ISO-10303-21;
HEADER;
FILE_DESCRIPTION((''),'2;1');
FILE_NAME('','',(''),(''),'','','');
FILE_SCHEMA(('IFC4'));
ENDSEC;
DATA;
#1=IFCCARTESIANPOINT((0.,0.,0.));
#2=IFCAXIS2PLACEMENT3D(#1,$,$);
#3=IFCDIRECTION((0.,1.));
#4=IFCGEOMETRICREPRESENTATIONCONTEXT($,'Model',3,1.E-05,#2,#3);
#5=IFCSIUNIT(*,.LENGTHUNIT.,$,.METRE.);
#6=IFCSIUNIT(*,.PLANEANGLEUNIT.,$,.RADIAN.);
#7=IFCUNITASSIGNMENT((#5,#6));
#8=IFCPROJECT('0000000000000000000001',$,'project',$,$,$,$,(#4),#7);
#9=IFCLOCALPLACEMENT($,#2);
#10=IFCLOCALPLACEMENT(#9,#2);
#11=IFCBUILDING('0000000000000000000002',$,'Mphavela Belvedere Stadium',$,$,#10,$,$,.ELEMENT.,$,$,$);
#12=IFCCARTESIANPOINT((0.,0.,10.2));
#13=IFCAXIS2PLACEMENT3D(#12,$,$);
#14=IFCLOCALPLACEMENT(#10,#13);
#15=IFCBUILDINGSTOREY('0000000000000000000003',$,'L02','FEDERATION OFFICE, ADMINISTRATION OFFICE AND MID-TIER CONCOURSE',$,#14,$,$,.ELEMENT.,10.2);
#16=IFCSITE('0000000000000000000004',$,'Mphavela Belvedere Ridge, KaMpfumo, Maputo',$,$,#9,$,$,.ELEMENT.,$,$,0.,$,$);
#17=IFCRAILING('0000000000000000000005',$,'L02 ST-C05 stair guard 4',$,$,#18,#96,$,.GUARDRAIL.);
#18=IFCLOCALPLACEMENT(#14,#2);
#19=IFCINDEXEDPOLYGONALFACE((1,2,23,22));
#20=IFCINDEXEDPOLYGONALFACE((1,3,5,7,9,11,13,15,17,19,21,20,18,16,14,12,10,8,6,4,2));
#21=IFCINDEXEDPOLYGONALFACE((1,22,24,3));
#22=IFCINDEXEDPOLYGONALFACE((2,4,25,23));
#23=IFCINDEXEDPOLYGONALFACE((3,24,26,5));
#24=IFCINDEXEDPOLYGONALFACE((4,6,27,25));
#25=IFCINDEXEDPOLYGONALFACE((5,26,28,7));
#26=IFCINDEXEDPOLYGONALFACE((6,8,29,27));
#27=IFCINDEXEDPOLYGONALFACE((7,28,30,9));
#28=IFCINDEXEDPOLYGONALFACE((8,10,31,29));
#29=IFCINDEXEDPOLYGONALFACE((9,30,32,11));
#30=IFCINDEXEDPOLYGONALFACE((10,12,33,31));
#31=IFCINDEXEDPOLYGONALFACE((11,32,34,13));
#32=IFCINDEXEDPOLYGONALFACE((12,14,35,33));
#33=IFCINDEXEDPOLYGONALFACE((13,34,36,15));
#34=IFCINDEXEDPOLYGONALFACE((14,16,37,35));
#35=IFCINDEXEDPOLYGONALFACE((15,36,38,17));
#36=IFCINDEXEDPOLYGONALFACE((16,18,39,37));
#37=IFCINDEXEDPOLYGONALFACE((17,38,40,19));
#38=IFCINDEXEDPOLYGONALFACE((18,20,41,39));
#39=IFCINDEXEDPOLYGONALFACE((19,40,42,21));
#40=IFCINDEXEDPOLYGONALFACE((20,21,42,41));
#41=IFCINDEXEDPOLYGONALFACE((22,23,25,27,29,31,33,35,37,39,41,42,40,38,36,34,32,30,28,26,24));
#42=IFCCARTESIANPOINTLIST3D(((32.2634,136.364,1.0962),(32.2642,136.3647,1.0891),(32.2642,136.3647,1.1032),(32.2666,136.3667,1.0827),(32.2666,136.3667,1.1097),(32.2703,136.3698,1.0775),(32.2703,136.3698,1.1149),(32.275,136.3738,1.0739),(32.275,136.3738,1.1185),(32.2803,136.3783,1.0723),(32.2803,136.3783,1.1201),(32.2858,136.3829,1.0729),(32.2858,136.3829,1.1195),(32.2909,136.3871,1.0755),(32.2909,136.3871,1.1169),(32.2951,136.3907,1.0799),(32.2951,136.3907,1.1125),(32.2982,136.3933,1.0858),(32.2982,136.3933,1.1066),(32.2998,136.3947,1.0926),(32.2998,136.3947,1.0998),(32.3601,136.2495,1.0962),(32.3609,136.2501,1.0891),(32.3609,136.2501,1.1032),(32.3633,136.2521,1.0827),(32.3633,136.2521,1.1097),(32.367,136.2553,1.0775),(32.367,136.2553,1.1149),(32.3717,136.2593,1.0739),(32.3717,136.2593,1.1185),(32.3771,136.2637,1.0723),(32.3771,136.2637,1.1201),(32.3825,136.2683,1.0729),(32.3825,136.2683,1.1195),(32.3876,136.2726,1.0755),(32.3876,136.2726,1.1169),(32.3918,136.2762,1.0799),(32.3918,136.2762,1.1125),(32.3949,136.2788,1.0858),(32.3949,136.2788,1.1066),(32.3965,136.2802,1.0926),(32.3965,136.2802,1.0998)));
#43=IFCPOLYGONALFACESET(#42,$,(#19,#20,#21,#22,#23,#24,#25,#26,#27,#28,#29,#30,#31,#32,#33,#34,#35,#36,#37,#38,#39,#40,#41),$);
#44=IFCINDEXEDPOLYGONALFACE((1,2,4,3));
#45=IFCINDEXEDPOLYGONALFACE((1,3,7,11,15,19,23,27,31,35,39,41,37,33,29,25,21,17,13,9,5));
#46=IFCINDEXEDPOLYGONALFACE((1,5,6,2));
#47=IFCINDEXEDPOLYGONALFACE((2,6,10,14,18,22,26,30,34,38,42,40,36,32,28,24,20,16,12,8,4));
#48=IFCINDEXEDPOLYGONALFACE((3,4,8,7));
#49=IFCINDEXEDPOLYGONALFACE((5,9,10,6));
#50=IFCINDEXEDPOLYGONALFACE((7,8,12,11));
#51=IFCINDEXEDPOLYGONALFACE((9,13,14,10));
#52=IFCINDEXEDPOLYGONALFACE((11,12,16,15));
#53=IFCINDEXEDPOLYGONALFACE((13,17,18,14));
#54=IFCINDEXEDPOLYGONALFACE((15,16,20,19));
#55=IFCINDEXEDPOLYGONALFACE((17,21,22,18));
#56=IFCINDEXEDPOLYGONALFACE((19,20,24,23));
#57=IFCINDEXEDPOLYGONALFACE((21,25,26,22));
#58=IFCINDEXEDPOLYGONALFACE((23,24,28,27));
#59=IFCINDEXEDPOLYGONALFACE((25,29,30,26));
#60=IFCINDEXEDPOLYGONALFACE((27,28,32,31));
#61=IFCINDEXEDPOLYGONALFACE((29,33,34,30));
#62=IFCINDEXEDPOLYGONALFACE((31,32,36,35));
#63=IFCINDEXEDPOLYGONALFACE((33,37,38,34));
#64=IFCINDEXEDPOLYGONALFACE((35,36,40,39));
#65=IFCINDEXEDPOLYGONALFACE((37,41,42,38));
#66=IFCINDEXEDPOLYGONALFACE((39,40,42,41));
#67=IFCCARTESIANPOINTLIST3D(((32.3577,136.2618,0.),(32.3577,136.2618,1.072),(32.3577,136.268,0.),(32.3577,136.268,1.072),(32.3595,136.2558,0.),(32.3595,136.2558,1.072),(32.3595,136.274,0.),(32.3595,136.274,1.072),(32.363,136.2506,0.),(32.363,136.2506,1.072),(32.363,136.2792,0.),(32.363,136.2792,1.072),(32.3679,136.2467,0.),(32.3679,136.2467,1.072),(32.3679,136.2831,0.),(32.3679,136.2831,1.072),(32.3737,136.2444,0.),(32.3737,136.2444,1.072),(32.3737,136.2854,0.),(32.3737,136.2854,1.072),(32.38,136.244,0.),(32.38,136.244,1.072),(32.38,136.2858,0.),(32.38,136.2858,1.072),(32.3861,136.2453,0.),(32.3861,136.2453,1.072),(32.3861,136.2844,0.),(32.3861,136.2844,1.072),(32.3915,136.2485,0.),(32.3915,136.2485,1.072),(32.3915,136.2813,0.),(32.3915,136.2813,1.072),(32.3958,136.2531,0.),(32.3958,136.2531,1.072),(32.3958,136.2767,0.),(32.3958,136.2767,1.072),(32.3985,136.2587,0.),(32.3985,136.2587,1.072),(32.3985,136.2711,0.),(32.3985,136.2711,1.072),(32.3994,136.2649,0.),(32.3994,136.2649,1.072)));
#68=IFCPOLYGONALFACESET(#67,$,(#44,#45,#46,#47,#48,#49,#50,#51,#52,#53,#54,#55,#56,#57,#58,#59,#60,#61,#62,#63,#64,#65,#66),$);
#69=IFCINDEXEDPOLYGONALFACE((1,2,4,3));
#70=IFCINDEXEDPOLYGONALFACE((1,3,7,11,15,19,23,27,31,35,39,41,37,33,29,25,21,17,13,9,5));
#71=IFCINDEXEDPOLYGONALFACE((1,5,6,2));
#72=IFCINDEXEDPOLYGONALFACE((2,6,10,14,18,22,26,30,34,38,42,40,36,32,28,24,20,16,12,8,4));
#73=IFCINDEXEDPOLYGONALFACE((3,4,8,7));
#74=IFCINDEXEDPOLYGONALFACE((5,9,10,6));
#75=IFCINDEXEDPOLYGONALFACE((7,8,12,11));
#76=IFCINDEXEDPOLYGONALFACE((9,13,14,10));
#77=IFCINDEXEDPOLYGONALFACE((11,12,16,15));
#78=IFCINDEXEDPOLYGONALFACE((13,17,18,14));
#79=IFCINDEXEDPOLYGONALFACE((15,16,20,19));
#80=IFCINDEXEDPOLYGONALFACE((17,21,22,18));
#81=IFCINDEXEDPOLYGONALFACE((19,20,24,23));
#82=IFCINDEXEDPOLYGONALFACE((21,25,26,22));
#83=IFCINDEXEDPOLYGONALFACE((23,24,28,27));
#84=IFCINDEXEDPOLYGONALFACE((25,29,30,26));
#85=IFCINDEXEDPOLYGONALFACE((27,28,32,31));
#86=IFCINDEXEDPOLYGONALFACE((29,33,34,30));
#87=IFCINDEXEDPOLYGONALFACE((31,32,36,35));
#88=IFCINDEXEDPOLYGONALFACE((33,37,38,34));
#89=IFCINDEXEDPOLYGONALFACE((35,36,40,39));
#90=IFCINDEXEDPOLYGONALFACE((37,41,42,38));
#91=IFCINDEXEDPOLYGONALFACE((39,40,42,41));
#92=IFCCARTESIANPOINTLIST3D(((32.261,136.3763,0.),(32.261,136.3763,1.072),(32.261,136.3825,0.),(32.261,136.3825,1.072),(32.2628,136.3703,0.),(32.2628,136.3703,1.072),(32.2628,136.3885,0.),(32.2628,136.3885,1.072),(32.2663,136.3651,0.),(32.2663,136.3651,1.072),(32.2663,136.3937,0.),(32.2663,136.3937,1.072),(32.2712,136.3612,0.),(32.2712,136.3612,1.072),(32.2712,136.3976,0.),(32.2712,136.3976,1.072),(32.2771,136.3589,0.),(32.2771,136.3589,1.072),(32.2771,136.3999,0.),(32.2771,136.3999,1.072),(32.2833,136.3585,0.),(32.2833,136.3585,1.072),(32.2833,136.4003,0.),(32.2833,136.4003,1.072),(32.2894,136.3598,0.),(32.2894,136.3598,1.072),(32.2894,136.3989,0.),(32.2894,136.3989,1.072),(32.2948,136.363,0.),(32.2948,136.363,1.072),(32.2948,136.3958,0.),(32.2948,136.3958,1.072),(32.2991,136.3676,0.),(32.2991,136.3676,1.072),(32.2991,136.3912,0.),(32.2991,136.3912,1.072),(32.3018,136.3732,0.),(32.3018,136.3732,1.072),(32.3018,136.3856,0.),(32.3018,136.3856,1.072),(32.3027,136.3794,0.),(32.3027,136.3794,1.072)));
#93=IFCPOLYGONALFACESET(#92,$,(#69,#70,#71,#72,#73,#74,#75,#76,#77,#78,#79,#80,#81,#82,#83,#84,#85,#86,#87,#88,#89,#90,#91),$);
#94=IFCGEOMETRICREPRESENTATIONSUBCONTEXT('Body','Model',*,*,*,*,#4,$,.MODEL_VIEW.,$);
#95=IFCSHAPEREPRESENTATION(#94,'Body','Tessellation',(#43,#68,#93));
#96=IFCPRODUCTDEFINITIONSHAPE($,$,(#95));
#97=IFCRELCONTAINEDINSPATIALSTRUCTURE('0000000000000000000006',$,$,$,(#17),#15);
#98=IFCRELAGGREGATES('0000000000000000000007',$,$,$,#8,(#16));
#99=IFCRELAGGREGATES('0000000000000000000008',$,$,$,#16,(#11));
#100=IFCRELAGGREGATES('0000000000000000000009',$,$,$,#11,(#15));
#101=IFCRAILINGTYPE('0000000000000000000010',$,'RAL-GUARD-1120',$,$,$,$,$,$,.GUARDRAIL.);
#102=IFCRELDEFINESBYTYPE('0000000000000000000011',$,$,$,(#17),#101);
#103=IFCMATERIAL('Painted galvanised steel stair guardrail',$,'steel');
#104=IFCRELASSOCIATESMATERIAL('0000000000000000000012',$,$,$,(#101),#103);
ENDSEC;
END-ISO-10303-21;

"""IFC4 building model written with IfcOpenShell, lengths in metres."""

from ifc_helpers import new_model, si_unit, direction, frame, origin, origin_2d, place, context, subcontext, project, spatial, circle, extrude, material, type_object, element, save


model = new_model("IFC4")

# Units and contexts
model_context = context("Model", 3, precision=1e-05, world=origin(), true_north=direction((0.0, 1.0)))
body_context = subcontext(model_context, "Body", "Model", "MODEL_VIEW")
ifc_project = project(units=[si_unit("LENGTHUNIT", "METRE"), si_unit("PLANEANGLEUNIT", "RADIAN")], contexts=[model_context])

# Site, building, storey
site_placement = place(None, origin())
site = spatial("IfcSite", under=ifc_project, at=site_placement, Name="Mphavela Belvedere Ridge, KaMpfumo, Maputo", CompositionType="ELEMENT", RefElevation=0.0)
building_placement = place(site_placement, origin())
building = spatial("IfcBuilding", under=site, at=building_placement, Name="Mphavela Belvedere Stadium", CompositionType="ELEMENT")
storey_placement = place(building_placement, frame((0.0, 0.0, 10.2)))
storey = spatial("IfcBuildingStorey", under=building, at=storey_placement, Name="L02", Description="FEDERATION OFFICE, ADMINISTRATION OFFICE AND MID-TIER CONCOURSE", CompositionType="ELEMENT", Elevation=10.2)

# Railing
ifc_material_1 = material(Name="Painted galvanised steel stair guardrail", Category="steel")
railing_type_1 = type_object("IfcRailingType", Name="RAL-GUARD-1120", PredefinedType="GUARDRAIL", material=ifc_material_1)
railing_1_placement = place(storey_placement, frame((32.3784, 136.2649, 0.0)))
element("IfcRailing", 1, at=railing_1_placement, inside=storey, type_object=railing_type_1, Name="L02 ST-C05 stair guard 4", PredefinedType="GUARDRAIL", context=body_context, shape_type="SweptSolid", body=[
    extrude(circle(Radius=0.0239, at=origin_2d()), frame((0.0, 0.0, 1.0962), z_axis=(-0.645139, 0.764066, 0.0), x_axis=(-0.764066, -0.645139, 0.0)), (0.0, 0.0, 1.0), 0.1499),
    extrude(circle(Radius=0.021, at=origin_2d()), origin(), (0.0, 0.0, 1.0), 1.072),
    extrude(circle(Radius=0.021, at=origin_2d()), frame((-0.0967, 0.1145, 0.0)), (0.0, 0.0, 1.0), 1.072),
])

save(model, "model.ifc")
